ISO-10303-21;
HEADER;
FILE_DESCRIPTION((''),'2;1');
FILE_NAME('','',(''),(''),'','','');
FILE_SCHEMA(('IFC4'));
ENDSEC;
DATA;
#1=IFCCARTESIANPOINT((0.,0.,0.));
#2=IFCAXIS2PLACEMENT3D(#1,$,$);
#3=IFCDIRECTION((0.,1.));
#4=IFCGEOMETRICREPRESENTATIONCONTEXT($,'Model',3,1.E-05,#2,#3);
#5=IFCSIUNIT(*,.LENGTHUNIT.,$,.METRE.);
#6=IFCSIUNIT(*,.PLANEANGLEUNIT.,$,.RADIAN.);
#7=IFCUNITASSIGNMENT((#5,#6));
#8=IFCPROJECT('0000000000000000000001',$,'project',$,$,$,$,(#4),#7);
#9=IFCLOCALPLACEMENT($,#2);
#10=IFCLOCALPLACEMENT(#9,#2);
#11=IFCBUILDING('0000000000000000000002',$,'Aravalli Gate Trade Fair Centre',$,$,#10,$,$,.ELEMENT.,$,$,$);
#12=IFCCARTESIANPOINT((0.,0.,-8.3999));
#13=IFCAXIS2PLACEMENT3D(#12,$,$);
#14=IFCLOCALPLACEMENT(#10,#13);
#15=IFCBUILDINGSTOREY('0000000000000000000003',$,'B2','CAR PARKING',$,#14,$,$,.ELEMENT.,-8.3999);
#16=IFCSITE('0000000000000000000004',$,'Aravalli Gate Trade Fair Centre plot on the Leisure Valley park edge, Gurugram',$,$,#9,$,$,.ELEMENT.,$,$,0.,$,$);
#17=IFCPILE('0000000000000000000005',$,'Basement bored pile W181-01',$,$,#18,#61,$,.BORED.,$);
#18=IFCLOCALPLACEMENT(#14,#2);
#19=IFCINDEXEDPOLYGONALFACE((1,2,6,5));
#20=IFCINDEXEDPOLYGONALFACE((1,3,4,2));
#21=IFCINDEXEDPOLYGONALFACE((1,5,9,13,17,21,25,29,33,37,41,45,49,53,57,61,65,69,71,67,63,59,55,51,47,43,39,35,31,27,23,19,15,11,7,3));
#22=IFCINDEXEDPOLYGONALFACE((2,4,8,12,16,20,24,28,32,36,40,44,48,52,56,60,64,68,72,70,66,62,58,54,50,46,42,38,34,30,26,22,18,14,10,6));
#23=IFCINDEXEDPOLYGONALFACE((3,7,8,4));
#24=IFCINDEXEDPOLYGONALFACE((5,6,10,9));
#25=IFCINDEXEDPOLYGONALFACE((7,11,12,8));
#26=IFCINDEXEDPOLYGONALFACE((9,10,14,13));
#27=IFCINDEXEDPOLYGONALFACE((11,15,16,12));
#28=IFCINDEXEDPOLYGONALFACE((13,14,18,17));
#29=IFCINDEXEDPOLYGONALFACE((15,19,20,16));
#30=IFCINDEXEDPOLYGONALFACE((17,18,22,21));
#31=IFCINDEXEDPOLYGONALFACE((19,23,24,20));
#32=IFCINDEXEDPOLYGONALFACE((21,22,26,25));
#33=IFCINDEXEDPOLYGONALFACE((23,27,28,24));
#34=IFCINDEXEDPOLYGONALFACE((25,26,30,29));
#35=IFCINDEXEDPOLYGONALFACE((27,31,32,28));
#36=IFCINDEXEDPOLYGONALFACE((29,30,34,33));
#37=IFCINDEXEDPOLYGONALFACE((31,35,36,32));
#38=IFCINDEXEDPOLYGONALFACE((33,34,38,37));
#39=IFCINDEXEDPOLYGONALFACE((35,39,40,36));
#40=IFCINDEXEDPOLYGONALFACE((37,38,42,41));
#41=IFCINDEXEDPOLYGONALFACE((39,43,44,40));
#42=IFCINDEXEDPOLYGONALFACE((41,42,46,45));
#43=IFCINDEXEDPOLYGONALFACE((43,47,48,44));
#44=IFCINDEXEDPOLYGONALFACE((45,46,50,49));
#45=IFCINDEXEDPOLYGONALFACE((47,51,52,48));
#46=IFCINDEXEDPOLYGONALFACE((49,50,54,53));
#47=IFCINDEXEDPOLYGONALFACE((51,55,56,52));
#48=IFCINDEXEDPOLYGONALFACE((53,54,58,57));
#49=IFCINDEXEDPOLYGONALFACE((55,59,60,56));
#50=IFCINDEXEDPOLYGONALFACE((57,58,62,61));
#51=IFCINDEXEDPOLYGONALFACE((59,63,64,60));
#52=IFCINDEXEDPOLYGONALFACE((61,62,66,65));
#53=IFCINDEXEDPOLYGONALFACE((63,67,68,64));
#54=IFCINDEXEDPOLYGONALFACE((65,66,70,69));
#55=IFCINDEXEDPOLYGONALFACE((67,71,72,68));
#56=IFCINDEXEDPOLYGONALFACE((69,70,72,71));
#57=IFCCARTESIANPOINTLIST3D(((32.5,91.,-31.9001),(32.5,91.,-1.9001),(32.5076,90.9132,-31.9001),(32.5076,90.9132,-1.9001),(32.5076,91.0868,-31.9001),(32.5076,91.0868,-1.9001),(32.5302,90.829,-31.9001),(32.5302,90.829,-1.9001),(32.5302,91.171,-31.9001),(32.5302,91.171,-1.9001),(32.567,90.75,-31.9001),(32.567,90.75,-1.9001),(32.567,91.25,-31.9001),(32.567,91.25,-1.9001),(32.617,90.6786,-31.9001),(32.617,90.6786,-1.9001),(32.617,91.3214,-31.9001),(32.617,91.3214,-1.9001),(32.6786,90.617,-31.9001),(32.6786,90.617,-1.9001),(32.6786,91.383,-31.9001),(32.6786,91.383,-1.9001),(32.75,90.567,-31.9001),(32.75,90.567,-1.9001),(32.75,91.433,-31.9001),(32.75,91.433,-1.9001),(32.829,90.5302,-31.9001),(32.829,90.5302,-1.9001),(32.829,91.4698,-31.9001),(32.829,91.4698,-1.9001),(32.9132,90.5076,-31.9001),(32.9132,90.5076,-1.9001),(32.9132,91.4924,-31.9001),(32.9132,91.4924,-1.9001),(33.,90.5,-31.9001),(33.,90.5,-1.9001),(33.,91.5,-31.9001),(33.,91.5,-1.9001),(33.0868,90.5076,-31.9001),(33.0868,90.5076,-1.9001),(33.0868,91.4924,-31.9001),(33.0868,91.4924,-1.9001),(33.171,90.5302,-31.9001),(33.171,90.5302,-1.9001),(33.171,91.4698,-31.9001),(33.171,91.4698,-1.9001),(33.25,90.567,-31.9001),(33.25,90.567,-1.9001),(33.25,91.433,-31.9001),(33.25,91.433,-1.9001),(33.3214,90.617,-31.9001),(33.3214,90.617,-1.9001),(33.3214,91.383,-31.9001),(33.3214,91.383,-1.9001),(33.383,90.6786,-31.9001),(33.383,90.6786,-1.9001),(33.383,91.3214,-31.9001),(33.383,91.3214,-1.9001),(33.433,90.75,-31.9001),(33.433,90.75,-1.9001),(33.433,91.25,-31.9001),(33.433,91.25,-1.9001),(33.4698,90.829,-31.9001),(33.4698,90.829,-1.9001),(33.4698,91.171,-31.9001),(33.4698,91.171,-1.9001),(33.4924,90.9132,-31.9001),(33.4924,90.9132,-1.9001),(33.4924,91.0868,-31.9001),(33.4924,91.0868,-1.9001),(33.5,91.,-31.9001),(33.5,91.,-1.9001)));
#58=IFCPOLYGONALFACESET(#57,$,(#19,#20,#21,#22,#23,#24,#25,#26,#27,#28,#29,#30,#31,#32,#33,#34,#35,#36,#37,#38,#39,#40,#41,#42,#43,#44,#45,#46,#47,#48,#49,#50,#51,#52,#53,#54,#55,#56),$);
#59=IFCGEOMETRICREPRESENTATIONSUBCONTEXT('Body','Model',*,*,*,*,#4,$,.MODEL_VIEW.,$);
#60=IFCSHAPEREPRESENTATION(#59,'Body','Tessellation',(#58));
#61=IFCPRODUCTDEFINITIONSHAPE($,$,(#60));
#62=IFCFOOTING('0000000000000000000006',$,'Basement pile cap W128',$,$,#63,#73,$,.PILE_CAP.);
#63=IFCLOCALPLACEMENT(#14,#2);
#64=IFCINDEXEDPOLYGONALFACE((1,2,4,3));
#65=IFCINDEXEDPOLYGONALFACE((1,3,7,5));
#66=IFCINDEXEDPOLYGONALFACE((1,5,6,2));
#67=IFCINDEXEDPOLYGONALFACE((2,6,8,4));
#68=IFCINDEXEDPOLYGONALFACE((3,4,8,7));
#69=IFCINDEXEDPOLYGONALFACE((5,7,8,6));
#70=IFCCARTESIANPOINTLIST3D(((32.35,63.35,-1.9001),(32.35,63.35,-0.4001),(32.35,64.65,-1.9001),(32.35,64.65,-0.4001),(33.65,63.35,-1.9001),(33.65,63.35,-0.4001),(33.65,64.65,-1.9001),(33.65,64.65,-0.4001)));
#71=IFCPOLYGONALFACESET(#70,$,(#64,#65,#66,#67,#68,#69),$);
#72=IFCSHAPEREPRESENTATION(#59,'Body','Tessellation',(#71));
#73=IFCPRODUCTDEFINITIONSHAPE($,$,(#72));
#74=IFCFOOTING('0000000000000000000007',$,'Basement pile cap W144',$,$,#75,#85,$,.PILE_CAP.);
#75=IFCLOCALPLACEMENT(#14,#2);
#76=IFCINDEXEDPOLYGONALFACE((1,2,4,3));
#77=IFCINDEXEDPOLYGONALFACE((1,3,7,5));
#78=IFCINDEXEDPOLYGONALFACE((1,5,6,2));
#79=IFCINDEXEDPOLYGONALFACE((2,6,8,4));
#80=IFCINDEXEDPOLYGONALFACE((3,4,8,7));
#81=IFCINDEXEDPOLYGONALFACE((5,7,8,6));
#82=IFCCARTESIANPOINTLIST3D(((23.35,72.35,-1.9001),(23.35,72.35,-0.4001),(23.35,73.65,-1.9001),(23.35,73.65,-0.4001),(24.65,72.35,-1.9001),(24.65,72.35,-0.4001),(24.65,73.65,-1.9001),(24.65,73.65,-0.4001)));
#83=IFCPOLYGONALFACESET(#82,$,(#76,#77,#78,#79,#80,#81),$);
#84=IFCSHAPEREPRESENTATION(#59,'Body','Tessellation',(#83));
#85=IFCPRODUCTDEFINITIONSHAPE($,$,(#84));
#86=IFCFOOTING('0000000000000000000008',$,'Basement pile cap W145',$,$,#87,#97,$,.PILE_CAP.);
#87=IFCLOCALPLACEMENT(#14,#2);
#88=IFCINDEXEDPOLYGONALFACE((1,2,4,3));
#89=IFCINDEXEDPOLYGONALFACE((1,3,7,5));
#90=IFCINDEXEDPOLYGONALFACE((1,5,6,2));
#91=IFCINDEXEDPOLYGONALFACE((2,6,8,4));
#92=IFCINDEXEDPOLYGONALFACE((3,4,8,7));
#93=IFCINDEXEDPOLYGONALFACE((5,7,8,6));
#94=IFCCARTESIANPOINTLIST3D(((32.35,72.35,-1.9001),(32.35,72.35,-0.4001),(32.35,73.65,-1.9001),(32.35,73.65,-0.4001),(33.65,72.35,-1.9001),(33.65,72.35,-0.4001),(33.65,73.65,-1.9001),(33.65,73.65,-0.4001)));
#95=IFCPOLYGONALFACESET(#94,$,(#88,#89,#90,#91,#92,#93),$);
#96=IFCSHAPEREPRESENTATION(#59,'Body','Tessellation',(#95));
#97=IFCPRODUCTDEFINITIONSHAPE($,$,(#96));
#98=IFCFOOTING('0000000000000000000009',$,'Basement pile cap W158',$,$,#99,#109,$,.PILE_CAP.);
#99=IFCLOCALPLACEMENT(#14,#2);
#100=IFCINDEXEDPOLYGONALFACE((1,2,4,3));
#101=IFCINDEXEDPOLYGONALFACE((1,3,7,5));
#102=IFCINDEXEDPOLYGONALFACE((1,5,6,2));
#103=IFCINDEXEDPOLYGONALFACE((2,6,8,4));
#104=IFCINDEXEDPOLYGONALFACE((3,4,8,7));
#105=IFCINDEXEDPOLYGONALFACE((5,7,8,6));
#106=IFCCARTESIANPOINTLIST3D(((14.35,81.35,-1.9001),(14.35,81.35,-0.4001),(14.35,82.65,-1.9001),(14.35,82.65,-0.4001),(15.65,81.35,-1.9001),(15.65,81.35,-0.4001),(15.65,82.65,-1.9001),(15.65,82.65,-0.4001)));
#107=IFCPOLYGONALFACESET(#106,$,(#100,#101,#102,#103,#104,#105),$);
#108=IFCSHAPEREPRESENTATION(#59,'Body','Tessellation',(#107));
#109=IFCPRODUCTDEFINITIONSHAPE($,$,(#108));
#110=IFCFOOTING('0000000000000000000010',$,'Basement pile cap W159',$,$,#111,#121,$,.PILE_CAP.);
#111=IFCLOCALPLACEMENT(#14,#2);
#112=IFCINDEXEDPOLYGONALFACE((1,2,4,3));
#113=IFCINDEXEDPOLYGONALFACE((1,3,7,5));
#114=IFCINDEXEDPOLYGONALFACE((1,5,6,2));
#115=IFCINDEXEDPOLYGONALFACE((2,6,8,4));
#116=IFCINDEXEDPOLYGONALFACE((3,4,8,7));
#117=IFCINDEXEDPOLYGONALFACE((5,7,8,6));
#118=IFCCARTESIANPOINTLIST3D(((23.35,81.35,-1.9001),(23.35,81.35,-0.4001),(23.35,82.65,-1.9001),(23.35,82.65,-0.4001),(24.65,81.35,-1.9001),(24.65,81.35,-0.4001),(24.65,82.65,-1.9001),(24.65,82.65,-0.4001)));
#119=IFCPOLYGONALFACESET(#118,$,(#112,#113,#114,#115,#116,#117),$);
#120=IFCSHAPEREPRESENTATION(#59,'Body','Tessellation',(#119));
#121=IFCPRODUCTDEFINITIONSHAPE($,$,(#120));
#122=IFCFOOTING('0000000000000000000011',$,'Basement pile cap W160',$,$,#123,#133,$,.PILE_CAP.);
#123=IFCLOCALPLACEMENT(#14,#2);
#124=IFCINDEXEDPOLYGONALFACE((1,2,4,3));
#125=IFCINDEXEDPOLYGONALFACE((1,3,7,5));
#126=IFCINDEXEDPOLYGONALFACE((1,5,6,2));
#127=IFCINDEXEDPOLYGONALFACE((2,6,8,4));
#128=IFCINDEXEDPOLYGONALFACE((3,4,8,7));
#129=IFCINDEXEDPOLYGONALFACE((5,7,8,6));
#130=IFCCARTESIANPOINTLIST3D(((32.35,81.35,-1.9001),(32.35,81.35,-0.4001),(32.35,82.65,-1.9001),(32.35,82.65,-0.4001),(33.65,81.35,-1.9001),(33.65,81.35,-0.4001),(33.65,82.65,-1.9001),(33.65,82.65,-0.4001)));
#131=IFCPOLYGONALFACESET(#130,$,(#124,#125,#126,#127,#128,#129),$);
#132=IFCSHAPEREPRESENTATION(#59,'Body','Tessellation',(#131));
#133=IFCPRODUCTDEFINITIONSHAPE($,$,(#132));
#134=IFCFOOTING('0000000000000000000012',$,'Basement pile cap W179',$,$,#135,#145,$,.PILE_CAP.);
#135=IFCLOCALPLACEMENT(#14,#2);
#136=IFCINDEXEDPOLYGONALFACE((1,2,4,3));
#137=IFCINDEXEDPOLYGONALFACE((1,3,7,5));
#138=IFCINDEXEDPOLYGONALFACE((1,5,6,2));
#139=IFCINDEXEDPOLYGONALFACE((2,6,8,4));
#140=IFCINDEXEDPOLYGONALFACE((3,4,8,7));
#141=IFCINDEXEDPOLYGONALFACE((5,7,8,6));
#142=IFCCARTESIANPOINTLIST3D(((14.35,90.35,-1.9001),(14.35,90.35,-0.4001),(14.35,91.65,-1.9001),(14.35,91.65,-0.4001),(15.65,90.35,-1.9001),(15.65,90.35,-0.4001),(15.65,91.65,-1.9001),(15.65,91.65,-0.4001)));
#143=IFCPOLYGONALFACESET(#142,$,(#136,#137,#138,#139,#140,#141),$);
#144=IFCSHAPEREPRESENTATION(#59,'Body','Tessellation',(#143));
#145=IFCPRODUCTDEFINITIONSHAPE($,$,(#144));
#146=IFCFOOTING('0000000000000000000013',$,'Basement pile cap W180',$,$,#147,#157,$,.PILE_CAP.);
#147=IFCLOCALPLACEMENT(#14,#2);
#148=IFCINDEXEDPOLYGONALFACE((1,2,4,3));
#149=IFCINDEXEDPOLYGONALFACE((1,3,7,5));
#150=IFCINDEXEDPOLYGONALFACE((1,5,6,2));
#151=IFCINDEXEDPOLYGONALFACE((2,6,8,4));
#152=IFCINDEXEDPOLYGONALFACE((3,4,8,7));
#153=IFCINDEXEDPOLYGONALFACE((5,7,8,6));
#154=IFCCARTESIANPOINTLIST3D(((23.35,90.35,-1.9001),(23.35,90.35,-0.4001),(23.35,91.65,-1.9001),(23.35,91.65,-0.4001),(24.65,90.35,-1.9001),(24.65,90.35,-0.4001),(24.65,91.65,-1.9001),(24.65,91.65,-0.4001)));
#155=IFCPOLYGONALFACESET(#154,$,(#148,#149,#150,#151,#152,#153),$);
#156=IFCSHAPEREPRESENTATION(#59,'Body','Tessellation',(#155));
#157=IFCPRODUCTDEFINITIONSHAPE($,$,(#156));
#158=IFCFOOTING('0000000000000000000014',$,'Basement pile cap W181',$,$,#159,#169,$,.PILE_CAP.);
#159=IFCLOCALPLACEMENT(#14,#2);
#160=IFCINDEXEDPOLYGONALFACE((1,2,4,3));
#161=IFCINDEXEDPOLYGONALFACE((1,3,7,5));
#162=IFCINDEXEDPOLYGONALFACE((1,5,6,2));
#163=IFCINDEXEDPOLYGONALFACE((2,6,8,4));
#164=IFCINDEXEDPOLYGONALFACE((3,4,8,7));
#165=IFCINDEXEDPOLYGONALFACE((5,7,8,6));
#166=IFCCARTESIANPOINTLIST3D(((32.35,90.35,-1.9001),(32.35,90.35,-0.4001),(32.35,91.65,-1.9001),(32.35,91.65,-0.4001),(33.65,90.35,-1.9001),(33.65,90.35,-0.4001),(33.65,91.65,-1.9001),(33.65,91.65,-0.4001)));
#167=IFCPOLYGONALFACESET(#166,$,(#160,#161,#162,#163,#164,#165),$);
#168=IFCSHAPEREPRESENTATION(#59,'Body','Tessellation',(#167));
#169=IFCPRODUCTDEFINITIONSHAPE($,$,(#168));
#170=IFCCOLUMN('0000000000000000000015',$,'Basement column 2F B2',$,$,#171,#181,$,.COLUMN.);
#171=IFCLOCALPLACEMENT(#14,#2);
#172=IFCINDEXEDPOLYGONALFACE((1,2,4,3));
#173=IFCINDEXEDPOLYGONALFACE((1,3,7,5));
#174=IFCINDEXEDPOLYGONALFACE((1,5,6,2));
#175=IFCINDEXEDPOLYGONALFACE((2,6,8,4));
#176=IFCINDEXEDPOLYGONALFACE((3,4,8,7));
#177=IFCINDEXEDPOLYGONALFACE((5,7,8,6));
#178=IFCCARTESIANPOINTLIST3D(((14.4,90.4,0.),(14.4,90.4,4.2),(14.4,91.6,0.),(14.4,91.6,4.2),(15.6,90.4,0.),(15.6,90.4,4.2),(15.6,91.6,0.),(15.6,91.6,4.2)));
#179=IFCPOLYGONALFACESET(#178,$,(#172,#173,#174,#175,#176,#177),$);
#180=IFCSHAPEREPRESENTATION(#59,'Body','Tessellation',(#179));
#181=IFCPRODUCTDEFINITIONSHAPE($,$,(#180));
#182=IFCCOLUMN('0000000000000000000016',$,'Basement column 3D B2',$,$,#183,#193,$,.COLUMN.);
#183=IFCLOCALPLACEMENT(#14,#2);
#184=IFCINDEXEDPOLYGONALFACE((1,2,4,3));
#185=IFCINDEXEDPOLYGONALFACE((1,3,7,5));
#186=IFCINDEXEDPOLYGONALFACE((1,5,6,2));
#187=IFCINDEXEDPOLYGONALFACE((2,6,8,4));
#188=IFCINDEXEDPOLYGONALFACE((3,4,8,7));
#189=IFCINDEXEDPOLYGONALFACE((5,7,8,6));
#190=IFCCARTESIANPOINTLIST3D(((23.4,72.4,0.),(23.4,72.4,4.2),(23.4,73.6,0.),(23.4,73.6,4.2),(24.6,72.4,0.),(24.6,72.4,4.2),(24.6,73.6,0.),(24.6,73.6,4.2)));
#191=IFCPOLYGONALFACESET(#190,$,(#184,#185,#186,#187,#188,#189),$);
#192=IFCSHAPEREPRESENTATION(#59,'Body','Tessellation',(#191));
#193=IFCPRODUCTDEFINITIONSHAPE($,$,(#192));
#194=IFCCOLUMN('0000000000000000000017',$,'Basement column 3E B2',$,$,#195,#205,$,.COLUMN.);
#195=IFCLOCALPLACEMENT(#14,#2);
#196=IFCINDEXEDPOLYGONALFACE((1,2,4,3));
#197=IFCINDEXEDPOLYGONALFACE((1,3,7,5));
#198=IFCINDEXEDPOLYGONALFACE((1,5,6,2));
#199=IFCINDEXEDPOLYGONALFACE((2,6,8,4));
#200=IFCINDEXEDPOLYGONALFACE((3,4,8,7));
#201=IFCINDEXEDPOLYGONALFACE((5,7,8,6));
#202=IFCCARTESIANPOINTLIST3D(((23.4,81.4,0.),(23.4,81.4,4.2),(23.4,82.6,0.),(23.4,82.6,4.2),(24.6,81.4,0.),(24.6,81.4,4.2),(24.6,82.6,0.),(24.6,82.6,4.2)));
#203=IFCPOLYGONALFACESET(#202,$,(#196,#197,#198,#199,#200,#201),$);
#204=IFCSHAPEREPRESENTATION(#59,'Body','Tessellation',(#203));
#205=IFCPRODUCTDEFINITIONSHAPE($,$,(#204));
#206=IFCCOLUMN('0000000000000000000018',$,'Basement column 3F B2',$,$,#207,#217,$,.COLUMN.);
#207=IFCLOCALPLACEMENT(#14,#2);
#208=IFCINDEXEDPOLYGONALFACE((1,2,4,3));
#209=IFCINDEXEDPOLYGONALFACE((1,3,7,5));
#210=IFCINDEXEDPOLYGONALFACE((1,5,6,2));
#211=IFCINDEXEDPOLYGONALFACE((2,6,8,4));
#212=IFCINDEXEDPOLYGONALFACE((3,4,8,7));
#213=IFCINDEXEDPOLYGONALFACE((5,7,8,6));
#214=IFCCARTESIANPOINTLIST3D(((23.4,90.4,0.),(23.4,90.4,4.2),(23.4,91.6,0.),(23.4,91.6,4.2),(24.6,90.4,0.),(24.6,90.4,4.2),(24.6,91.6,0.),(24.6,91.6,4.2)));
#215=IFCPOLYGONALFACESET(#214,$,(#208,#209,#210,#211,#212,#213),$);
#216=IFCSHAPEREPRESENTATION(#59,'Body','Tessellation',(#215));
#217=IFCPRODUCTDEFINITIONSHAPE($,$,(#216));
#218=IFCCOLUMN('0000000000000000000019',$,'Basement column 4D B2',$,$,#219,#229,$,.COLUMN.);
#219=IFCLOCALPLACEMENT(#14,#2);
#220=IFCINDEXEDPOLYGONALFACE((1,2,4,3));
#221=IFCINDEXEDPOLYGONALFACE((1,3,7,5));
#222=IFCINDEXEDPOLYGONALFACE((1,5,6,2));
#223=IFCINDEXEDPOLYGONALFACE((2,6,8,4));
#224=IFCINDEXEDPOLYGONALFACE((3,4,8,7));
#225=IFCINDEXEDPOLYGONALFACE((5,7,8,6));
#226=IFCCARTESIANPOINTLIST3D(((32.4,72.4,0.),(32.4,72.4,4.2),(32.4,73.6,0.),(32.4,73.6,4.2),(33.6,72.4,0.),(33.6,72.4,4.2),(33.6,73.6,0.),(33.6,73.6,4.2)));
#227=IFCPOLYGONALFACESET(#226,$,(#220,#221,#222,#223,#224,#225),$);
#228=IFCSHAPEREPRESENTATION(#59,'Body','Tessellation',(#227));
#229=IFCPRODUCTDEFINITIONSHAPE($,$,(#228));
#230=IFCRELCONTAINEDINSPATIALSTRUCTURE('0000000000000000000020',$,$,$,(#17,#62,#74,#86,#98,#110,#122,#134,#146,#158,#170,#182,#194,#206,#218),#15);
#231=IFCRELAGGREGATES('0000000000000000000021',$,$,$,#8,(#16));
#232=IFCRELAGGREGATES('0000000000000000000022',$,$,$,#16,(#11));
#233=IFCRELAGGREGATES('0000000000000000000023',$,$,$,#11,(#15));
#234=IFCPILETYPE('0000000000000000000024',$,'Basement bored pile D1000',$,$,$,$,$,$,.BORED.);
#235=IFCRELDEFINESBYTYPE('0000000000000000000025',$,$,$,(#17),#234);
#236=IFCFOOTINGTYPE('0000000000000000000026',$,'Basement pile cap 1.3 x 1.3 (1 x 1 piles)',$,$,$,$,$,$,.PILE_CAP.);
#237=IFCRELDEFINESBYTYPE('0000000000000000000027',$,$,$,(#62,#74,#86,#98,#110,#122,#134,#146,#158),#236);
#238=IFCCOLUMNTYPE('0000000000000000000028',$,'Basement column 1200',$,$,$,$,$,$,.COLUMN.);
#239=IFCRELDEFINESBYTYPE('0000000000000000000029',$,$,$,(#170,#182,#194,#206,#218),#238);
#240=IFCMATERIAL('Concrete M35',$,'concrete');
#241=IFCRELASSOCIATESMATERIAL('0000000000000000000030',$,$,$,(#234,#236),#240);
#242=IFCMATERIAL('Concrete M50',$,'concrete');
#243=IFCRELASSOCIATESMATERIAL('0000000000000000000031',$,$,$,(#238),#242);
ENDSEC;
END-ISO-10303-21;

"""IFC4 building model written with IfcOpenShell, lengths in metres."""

from ifc_helpers import new_model, si_unit, direction, frame, origin, origin_2d, place, context, subcontext, project, spatial, rectangle, circle, extrude, material, material_profile, profile_set, type_object, element, save


model = new_model("IFC4")

# Units and contexts
model_context = context("Model", 3, precision=1e-05, world=origin(), true_north=direction((0.0, 1.0)))
body_context = subcontext(model_context, "Body", "Model", "MODEL_VIEW")
ifc_project = project(units=[si_unit("LENGTHUNIT", "METRE"), si_unit("PLANEANGLEUNIT", "RADIAN")], contexts=[model_context])

# Site, building, storey
site_placement = place(None, origin())
site = spatial("IfcSite", under=ifc_project, at=site_placement, Name="Aravalli Gate Trade Fair Centre plot on the Leisure Valley park edge, Gurugram", CompositionType="ELEMENT", RefElevation=0.0)
building_placement = place(site_placement, origin())
building = spatial("IfcBuilding", under=site, at=building_placement, Name="Aravalli Gate Trade Fair Centre", CompositionType="ELEMENT")
storey_placement = place(building_placement, frame((0.0, 0.0, -8.3999)))
storey = spatial("IfcBuildingStorey", under=building, at=storey_placement, Name="B2", Description="CAR PARKING", CompositionType="ELEMENT", Elevation=-8.3999)

# Pile
ifc_material_1 = material(Name="Concrete M35", Category="concrete")
ifc_material_profile_1 = material_profile(ifc_material_1, circle(Radius=0.5, at=origin_2d()), Name="D1000")
ifc_profile_set_1 = profile_set([ifc_material_profile_1], Name="Concrete M35")
pile_type = type_object("IfcPileType", Name="Basement bored pile D1000", PredefinedType="BORED", material=ifc_profile_set_1)
for number, where, z_axis, x_axis, name in (
    (1, (33.0, 91.0, -1.9001), (0.0, 0.0, -1.0), (1.0, 0.0, 0.0), "Basement bored pile W181-01"),
):
    element("IfcPile", number, at=place(storey_placement, frame(where, z_axis=z_axis, x_axis=x_axis)), inside=storey, type_object=pile_type, Name=name, PredefinedType="BORED", context=body_context, shape_type="SweptSolid", body=[
        extrude(circle(Radius=0.5, at=origin_2d()), origin(), (0.0, 0.0, 1.0), 30.0),
    ])

# Footings
footing_type = type_object("IfcFootingType", Name="Basement pile cap 1.3 x 1.3 (1 x 1 piles)", PredefinedType="PILE_CAP", material=ifc_material_1)
for number, where, z_axis, x_axis, name in (
    (2, (33.0, 64.0, -1.9001), (0.0, 0.0, 1.0), (1.0, 0.0, 0.0), "Basement pile cap W128"),
    (3, (24.0, 73.0, -1.9001), (0.0, 0.0, 1.0), (1.0, 0.0, 0.0), "Basement pile cap W144"),
    (4, (33.0, 73.0, -1.9001), (0.0, 0.0, 1.0), (1.0, 0.0, 0.0), "Basement pile cap W145"),
    (5, (15.0, 82.0, -1.9001), (0.0, 0.0, 1.0), (1.0, 0.0, 0.0), "Basement pile cap W158"),
    (6, (24.0, 82.0, -1.9001), (0.0, 0.0, 1.0), (1.0, 0.0, 0.0), "Basement pile cap W159"),
    (7, (33.0, 82.0, -1.9001), (0.0, 0.0, 1.0), (1.0, 0.0, 0.0), "Basement pile cap W160"),
    (8, (15.0, 91.0, -1.9001), (0.0, 0.0, 1.0), (1.0, 0.0, 0.0), "Basement pile cap W179"),
    (9, (24.0, 91.0, -1.9001), (0.0, 0.0, 1.0), (1.0, 0.0, 0.0), "Basement pile cap W180"),
    (10, (33.0, 91.0, -1.9001), (0.0, 0.0, 1.0), (1.0, 0.0, 0.0), "Basement pile cap W181"),
):
    element("IfcFooting", number, at=place(storey_placement, frame(where, z_axis=z_axis, x_axis=x_axis)), inside=storey, type_object=footing_type, Name=name, PredefinedType="PILE_CAP", context=body_context, shape_type="SweptSolid", body=[
        extrude(rectangle(XDim=1.3, YDim=1.3, at=origin_2d()), origin(), (0.0, 0.0, 1.0), 1.5),
    ])

# Columns
ifc_material_2 = material(Name="Concrete M50", Category="concrete")
ifc_material_profile_2 = material_profile(ifc_material_2, rectangle(XDim=1.2, YDim=1.2, at=origin_2d()), Name="RC 1200 x 1200")
ifc_profile_set_2 = profile_set([ifc_material_profile_2], Name="Concrete M50")
column_type = type_object("IfcColumnType", Name="Basement column 1200", PredefinedType="COLUMN", material=ifc_profile_set_2)
for number, where, z_axis, x_axis, name in (
    (11, (15.0, 91.0, 0.0), (0.0, 0.0, 1.0), (1.0, 0.0, 0.0), "Basement column 2F B2"),
    (12, (24.0, 73.0, 0.0), (0.0, 0.0, 1.0), (1.0, 0.0, 0.0), "Basement column 3D B2"),
    (13, (24.0, 82.0, 0.0), (0.0, 0.0, 1.0), (1.0, 0.0, 0.0), "Basement column 3E B2"),
    (14, (24.0, 91.0, 0.0), (0.0, 0.0, 1.0), (1.0, 0.0, 0.0), "Basement column 3F B2"),
    (15, (33.0, 73.0, 0.0), (0.0, 0.0, 1.0), (1.0, 0.0, 0.0), "Basement column 4D B2"),
):
    element("IfcColumn", number, at=place(storey_placement, frame(where, z_axis=z_axis, x_axis=x_axis)), inside=storey, type_object=column_type, Name=name, PredefinedType="COLUMN", context=body_context, shape_type="SweptSolid", body=[
        extrude(rectangle(XDim=1.2, YDim=1.2, at=origin_2d()), origin(), (0.0, 0.0, 1.0), 4.2),
    ])

save(model, "model.ifc")
